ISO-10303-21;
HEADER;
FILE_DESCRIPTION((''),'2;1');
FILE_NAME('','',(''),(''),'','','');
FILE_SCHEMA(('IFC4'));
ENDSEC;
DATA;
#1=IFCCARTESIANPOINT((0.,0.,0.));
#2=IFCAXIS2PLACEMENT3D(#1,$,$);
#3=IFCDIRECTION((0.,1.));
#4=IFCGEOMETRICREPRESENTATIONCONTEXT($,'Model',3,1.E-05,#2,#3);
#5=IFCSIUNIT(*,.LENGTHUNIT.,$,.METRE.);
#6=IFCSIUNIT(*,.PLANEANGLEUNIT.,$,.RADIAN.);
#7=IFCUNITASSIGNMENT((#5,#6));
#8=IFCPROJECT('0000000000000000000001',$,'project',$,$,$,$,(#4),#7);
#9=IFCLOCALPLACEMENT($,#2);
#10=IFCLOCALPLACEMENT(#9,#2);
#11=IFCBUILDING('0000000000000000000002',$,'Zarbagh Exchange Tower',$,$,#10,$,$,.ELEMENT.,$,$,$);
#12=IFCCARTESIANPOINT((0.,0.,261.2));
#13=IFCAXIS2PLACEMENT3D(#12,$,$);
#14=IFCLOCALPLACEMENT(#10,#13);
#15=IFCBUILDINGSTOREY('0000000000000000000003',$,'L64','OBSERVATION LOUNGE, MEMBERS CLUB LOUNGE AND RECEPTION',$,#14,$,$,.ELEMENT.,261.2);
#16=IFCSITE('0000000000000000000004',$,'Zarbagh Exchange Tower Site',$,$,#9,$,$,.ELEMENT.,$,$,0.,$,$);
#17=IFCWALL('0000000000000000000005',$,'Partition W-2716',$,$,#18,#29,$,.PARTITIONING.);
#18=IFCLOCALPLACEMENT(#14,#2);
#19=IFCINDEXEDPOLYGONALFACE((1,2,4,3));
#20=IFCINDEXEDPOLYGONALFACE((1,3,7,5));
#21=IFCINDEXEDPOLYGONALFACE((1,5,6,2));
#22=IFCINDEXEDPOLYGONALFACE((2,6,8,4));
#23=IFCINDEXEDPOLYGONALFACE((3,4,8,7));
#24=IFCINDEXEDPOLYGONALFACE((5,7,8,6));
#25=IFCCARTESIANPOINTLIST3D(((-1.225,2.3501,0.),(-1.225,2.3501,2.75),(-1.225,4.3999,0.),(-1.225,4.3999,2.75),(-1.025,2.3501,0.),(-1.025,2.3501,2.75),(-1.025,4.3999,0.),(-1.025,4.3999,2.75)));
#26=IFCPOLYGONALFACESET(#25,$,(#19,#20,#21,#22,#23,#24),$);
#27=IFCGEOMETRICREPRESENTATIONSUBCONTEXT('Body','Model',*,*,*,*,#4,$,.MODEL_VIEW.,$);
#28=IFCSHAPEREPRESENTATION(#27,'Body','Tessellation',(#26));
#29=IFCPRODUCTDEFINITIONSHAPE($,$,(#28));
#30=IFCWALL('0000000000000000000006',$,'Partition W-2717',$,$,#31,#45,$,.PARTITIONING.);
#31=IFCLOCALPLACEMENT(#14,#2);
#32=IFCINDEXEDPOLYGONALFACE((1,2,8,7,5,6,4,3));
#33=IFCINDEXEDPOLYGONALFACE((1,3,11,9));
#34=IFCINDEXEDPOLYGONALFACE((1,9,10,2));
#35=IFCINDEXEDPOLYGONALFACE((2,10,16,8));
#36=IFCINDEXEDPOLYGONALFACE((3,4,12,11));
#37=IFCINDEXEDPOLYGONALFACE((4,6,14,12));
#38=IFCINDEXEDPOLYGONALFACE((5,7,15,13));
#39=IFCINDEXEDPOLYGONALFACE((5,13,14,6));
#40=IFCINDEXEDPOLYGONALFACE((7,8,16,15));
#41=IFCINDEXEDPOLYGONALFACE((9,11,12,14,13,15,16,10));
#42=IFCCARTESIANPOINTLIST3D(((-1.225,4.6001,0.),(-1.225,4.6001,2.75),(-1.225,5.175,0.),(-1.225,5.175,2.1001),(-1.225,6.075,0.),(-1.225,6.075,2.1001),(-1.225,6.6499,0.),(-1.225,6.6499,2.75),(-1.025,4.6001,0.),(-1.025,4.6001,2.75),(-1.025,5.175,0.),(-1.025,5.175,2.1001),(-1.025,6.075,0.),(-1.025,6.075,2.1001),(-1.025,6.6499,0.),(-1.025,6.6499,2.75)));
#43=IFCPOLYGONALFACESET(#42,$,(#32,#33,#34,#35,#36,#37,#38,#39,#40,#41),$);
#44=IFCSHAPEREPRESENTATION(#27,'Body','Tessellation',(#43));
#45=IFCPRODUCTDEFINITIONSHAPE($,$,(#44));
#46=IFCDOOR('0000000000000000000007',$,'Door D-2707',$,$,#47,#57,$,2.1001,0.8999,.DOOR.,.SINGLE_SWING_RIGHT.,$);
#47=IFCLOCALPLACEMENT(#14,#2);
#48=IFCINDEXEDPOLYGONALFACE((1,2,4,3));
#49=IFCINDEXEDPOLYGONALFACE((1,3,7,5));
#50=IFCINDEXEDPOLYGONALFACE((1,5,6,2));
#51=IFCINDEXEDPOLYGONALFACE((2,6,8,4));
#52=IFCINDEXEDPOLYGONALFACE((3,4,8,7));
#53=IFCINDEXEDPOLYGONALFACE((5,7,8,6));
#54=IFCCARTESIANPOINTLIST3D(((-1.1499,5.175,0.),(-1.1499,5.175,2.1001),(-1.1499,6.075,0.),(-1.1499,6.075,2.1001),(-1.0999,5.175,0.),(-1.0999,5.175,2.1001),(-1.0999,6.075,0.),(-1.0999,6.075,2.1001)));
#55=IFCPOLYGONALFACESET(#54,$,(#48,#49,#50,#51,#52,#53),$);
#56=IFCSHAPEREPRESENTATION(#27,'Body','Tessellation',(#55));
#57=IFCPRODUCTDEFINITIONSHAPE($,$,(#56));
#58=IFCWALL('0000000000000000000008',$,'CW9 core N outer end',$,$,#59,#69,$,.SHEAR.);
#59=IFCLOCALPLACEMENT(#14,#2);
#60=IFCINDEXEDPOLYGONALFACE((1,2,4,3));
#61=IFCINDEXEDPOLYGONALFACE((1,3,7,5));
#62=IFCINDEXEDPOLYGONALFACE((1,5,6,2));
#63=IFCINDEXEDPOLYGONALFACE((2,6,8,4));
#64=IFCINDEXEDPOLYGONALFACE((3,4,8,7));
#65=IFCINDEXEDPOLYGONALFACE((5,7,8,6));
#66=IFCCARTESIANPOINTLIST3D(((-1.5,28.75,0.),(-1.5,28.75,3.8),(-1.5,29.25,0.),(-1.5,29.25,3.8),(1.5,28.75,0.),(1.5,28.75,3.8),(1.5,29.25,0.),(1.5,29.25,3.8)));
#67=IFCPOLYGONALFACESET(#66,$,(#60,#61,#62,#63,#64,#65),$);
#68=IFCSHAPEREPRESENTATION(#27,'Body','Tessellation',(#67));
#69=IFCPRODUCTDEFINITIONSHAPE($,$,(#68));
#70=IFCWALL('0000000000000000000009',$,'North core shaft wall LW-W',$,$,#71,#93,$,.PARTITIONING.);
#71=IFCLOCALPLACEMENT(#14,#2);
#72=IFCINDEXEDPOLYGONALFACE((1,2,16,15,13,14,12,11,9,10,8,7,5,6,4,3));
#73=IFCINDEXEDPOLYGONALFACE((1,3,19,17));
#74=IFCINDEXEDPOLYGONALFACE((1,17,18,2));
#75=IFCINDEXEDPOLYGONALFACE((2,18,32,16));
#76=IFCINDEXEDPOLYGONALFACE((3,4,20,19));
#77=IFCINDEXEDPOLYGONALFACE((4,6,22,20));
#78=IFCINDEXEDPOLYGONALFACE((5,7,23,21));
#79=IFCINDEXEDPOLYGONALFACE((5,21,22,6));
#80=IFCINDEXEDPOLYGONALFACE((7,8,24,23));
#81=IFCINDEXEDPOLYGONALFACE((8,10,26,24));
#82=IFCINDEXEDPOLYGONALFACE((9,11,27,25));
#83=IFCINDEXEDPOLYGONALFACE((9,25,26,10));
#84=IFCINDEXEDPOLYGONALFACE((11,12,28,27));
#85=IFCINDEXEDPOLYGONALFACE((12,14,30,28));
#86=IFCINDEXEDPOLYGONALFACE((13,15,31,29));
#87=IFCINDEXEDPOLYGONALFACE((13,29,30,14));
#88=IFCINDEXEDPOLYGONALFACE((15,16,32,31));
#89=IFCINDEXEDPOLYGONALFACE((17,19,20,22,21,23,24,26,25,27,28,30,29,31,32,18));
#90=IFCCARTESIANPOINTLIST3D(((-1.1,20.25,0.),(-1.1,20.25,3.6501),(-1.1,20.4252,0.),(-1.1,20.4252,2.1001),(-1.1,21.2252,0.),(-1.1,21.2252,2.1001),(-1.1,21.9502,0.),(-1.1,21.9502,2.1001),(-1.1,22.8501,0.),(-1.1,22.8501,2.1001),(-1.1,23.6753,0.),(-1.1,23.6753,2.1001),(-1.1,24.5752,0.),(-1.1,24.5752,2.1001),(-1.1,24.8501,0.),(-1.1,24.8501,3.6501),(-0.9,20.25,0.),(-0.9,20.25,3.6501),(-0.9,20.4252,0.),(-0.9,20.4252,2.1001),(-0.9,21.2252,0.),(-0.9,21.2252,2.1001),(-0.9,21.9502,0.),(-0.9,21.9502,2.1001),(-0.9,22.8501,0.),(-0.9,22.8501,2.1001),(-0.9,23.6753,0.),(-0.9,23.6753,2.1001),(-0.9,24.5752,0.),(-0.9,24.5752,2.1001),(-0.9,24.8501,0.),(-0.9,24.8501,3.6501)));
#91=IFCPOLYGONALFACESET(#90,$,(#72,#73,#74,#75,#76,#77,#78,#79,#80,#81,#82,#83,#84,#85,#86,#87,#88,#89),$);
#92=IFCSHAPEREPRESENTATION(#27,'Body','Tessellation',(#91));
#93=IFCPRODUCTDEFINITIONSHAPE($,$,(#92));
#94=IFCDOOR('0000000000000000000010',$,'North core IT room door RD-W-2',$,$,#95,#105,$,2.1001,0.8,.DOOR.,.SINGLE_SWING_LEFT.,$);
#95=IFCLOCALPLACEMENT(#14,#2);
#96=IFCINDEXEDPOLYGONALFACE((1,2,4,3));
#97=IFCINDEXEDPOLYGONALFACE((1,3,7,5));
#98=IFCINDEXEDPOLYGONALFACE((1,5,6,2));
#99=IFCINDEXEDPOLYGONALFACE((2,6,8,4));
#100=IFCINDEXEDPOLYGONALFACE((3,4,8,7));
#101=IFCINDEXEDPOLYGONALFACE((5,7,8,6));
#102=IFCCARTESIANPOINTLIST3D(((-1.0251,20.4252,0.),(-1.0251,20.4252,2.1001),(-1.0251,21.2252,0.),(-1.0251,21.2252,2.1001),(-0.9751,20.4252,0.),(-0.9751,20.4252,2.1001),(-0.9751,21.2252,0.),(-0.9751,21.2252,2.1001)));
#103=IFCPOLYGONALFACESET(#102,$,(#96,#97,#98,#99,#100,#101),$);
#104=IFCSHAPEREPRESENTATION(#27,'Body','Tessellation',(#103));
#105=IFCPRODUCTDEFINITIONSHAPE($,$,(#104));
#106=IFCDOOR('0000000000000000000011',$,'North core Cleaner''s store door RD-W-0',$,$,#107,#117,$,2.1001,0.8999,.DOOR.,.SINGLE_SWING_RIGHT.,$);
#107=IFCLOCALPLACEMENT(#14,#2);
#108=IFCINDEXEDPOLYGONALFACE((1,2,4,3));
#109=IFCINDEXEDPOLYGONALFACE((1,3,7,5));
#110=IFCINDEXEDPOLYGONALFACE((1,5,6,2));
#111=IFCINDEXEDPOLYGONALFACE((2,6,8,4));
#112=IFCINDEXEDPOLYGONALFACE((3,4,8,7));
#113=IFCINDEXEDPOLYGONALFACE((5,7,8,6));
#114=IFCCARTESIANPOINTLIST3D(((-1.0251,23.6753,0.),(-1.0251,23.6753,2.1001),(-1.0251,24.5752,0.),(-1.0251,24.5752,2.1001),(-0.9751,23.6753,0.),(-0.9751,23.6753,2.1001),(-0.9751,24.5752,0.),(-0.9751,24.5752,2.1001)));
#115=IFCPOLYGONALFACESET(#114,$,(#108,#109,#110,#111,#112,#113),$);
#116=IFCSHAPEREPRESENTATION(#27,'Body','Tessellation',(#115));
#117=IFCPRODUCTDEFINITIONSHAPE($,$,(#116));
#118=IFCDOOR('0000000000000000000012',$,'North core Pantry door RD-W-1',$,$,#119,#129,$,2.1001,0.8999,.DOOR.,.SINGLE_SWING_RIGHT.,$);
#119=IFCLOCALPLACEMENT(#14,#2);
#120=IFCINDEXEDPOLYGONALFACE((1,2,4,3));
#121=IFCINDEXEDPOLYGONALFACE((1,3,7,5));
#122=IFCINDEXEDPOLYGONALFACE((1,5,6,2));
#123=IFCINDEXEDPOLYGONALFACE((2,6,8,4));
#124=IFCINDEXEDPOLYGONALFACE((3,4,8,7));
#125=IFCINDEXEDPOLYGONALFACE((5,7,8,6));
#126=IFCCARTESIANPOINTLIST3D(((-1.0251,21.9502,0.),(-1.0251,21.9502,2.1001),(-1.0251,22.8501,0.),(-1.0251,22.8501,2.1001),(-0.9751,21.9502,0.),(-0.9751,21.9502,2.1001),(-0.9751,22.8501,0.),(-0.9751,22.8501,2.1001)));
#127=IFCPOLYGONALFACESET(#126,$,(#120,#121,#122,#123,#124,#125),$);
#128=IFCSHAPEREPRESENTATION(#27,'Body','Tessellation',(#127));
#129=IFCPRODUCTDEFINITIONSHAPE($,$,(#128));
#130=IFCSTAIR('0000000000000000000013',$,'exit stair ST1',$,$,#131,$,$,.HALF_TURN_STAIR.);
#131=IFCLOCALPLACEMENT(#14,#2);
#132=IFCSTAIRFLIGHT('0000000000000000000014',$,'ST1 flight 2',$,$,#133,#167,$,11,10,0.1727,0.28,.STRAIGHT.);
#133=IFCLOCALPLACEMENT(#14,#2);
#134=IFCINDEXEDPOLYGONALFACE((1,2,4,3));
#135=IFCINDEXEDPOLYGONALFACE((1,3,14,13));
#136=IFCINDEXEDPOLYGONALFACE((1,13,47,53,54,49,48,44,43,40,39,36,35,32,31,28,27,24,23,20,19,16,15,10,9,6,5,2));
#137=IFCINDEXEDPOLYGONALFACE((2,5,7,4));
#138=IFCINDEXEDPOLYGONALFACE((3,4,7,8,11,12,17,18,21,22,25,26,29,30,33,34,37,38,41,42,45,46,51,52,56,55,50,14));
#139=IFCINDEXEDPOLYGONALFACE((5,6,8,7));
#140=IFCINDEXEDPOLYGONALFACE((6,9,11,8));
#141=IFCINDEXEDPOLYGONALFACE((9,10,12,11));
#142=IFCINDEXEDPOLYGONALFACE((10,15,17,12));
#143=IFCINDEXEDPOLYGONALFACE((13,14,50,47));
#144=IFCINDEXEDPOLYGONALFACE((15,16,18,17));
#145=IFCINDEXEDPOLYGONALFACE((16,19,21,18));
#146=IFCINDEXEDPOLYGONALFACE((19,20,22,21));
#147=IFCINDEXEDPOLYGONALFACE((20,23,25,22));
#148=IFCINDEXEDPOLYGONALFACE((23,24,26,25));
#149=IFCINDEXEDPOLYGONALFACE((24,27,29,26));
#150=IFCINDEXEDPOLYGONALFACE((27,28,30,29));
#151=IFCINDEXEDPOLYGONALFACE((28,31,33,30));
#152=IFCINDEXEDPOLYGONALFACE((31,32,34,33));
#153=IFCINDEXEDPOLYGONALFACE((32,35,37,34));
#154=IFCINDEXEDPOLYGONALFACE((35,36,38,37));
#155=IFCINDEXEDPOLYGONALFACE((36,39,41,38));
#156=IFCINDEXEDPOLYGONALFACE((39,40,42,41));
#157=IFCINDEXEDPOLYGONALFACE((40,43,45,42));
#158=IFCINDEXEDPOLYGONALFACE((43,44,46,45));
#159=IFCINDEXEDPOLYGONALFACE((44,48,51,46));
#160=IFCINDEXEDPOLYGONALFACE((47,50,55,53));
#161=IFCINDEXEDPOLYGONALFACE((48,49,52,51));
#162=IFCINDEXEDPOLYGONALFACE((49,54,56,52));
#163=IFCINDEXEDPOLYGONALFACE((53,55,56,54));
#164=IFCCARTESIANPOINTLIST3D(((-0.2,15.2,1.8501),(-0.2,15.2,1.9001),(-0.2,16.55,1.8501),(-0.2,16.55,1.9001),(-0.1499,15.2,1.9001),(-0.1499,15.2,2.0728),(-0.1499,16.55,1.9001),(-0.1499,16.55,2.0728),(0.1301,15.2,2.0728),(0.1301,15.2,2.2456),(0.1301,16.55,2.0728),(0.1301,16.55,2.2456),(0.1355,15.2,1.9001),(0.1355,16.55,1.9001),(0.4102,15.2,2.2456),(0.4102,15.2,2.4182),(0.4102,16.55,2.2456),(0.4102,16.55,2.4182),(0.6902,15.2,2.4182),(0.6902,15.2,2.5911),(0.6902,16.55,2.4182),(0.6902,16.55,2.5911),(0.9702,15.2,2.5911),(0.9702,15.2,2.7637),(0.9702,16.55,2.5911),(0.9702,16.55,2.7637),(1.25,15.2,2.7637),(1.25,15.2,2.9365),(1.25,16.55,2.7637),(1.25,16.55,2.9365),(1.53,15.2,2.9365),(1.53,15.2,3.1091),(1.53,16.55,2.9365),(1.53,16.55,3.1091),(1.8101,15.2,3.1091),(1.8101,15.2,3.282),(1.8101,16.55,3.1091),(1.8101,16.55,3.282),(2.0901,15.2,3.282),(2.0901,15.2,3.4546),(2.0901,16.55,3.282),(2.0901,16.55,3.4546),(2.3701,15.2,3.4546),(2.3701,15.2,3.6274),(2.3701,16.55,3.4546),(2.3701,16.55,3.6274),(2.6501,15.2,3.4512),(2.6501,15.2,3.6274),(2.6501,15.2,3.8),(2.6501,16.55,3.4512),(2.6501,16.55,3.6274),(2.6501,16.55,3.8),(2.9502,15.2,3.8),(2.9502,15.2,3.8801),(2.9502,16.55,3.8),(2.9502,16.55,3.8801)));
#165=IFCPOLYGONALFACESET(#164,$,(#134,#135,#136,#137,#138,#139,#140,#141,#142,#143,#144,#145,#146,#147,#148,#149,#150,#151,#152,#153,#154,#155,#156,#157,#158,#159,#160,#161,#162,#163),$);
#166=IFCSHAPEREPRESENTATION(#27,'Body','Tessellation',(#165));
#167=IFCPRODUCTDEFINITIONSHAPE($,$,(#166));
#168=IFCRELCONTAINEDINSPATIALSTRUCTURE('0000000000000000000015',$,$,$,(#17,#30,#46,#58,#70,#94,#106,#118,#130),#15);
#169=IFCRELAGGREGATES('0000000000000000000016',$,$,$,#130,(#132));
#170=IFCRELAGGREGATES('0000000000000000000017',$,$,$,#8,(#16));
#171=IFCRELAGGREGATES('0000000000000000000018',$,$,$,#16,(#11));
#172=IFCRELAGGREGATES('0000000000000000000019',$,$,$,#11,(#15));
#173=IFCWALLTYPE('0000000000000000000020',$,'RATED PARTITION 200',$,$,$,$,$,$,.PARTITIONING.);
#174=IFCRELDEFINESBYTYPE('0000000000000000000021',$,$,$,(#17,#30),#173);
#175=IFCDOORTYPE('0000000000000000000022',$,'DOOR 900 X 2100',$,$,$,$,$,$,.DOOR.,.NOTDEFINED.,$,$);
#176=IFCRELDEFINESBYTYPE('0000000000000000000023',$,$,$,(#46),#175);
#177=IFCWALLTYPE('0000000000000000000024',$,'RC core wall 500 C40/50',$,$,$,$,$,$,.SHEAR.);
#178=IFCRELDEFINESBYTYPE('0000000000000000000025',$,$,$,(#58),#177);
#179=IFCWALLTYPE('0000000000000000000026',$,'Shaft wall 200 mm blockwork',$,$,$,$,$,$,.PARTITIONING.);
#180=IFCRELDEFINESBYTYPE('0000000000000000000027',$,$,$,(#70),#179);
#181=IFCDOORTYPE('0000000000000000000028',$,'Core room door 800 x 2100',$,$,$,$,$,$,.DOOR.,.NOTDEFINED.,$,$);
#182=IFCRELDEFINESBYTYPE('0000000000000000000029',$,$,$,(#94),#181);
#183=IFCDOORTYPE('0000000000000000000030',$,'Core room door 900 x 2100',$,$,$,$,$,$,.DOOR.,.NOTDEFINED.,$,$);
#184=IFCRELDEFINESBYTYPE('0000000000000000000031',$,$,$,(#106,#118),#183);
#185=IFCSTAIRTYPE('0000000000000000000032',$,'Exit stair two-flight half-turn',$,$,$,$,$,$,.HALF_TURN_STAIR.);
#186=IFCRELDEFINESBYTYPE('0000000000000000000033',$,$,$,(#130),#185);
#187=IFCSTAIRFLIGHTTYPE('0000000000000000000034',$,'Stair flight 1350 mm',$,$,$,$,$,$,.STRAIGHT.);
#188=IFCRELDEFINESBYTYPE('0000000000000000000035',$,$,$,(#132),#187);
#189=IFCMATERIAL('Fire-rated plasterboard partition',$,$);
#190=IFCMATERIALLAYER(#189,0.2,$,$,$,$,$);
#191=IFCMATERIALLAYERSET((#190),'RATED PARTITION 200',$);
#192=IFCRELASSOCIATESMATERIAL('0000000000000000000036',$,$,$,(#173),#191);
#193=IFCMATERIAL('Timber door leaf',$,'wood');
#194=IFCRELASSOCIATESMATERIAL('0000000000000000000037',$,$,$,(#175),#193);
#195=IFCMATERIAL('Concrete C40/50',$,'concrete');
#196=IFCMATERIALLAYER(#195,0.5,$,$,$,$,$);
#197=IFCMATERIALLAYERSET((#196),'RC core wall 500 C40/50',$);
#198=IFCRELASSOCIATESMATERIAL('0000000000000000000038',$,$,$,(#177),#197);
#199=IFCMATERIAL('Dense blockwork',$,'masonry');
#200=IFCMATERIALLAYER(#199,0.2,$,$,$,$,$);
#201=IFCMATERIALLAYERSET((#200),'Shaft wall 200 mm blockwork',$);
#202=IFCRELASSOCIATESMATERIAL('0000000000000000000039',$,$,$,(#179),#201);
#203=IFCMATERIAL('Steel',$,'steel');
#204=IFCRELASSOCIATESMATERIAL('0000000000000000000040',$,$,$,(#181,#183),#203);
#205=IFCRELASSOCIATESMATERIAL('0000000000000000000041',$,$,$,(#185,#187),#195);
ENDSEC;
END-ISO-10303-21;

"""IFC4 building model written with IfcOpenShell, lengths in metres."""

from ifc_helpers import new_model, si_unit, direction, frame, frame_2d, origin, place, context, subcontext, project, spatial, polyline, rectangle, outline, extrude, material, layer, layer_set, type_object, element, fill, aggregate, save


model = new_model("IFC4")

# Units and contexts
model_context = context("Model", 3, precision=1e-05, world=origin(), true_north=direction((0.0, 1.0)))
body_context = subcontext(model_context, "Body", "Model", "MODEL_VIEW")
ifc_project = project(units=[si_unit("LENGTHUNIT", "METRE"), si_unit("PLANEANGLEUNIT", "RADIAN")], contexts=[model_context])

# Site, building, storey
site_placement = place(None, origin())
site = spatial("IfcSite", under=ifc_project, at=site_placement, Name="Zarbagh Exchange Tower Site", CompositionType="ELEMENT", RefElevation=0.0)
building_placement = place(site_placement, origin())
building = spatial("IfcBuilding", under=site, at=building_placement, Name="Zarbagh Exchange Tower", CompositionType="ELEMENT")
storey_placement = place(building_placement, frame((0.0, 0.0, 261.2)))
storey = spatial("IfcBuildingStorey", under=building, at=storey_placement, Name="L64", Description="OBSERVATION LOUNGE, MEMBERS CLUB LOUNGE AND RECEPTION", CompositionType="ELEMENT", Elevation=261.2)

# Wall
ifc_material_1 = material(Name="Fire-rated plasterboard partition")
ifc_layer_1 = layer(ifc_material_1, 0.2)
ifc_layer_set_1 = layer_set([ifc_layer_1], Name="RATED PARTITION 200")
wall_type_1 = type_object("IfcWallType", Name="RATED PARTITION 200", PredefinedType="PARTITIONING", material=ifc_layer_set_1)
wall_1_placement = place(storey_placement, frame((-1.125, 2.3501, 0.0), z_axis=(0.0, 0.0, 1.0), x_axis=(0.0, 1.0, 0.0)))
element("IfcWall", 1, at=wall_1_placement, inside=storey, type_object=wall_type_1, Name="Partition W-2716", PredefinedType="PARTITIONING", context=body_context, shape_type="SweptSolid", body=[
    extrude(rectangle(XDim=2.0498, YDim=0.2, at=frame_2d((1.0249, 0.0))), origin(), (0.0, 0.0, 1.0), 2.75),
])

# Wall, opening, door
wall_2_placement = place(storey_placement, frame((-1.125, 4.6001, 0.0), z_axis=(0.0, 0.0, 1.0), x_axis=(0.0, 1.0, 0.0)))
wall_2 = element("IfcWall", 2, at=wall_2_placement, inside=storey, type_object=wall_type_1, Name="Partition W-2717", PredefinedType="PARTITIONING", context=body_context, shape_type="SweptSolid", body=[
    extrude(rectangle(XDim=2.0498, YDim=0.2, at=frame_2d((1.0249, 0.0))), origin(), (0.0, 0.0, 1.0), 2.75),
])
opening_1_placement = place(wall_2_placement, frame((0.575, 0.0, 0.0)))
opening_1 = element("IfcOpeningElement", 3, at=opening_1_placement, cuts=wall_2, PredefinedType="OPENING", context=body_context, shape_type="SweptSolid", body=[
    extrude(rectangle(XDim=0.8999, YDim=2.1001, at=frame_2d((0.45, 1.05))), frame((0.0, 0.1099, 0.0), z_axis=(0.0, -1.0, 0.0), x_axis=(1.0, 0.0, 0.0)), (0.0, 0.0, 1.0), 0.22),
])
ifc_material_2 = material(Name="Timber door leaf", Category="wood")
door_type_1 = type_object("IfcDoorType", Name="DOOR 900 X 2100", OperationType="NOTDEFINED", PredefinedType="DOOR", material=ifc_material_2)
door_1_placement = place(opening_1_placement, origin())
door_1 = element("IfcDoor", 4, at=door_1_placement, inside=storey, type_object=door_type_1, Name="Door D-2707", OperationType="SINGLE_SWING_RIGHT", OverallHeight=2.1001, OverallWidth=0.8999, PredefinedType="DOOR", context=body_context, shape_type="SweptSolid", body=[
    extrude(rectangle(XDim=0.8999, YDim=2.1001, at=frame_2d((0.45, 1.05))), frame((0.0, 0.0249, 0.0), z_axis=(0.0, -1.0, 0.0), x_axis=(1.0, 0.0, 0.0)), (0.0, 0.0, 1.0), 0.05),
])
fill(opening_1, door_1)

# Wall
ifc_material_3 = material(Name="Concrete C40/50", Category="concrete")
ifc_layer_2 = layer(ifc_material_3, 0.5)
ifc_layer_set_2 = layer_set([ifc_layer_2], Name="RC core wall 500 C40/50")
wall_type_2 = type_object("IfcWallType", Name="RC core wall 500 C40/50", PredefinedType="SHEAR", material=ifc_layer_set_2)
wall_3_placement = place(storey_placement, frame((-1.5, 29.0, 0.0), z_axis=(0.0, 0.0, 1.0), x_axis=(1.0, 0.0, 0.0)))
element("IfcWall", 5, at=wall_3_placement, inside=storey, type_object=wall_type_2, Name="CW9 core N outer end", PredefinedType="SHEAR", context=body_context, shape_type="SweptSolid", body=[
    extrude(rectangle(XDim=3.0, YDim=0.5, at=frame_2d((1.5, 0.0))), origin(), (0.0, 0.0, 1.0), 3.8),
])

# Wall, openings, doors
ifc_material_4 = material(Name="Dense blockwork", Category="masonry")
ifc_layer_3 = layer(ifc_material_4, 0.2)
ifc_layer_set_3 = layer_set([ifc_layer_3], Name="Shaft wall 200 mm blockwork")
wall_type_3 = type_object("IfcWallType", Name="Shaft wall 200 mm blockwork", PredefinedType="PARTITIONING", material=ifc_layer_set_3)
wall_4_placement = place(storey_placement, frame((-1.0, 24.8501, 0.0), z_axis=(0.0, 0.0, 1.0), x_axis=(0.0, -1.0, 0.0)))
wall_4 = element("IfcWall", 6, at=wall_4_placement, inside=storey, type_object=wall_type_3, Name="North core shaft wall LW-W", PredefinedType="PARTITIONING", context=body_context, shape_type="SweptSolid", body=[
    extrude(rectangle(XDim=4.6001, YDim=0.2, at=frame_2d((2.3, 0.0))), origin(), (0.0, 0.0, 1.0), 3.6501),
])
opening_2_placement = place(wall_4_placement, frame((0.2749, 0.0, 0.0)))
opening_2 = element("IfcOpeningElement", 7, at=opening_2_placement, cuts=wall_4, PredefinedType="OPENING", context=body_context, shape_type="SweptSolid", body=[
    extrude(rectangle(XDim=0.8999, YDim=2.1001, at=frame_2d((0.45, 1.05))), frame((0.0, 0.1099, 0.0), z_axis=(0.0, -1.0, 0.0), x_axis=(1.0, 0.0, 0.0)), (0.0, 0.0, 1.0), 0.22),
])
opening_3_placement = place(wall_4_placement, frame((2.0, 0.0, 0.0)))
opening_3 = element("IfcOpeningElement", 8, at=opening_3_placement, cuts=wall_4, PredefinedType="OPENING", context=body_context, shape_type="SweptSolid", body=[
    extrude(rectangle(XDim=0.8999, YDim=2.1001, at=frame_2d((0.45, 1.05))), frame((0.0, 0.1099, 0.0), z_axis=(0.0, -1.0, 0.0), x_axis=(1.0, 0.0, 0.0)), (0.0, 0.0, 1.0), 0.22),
])
opening_4_placement = place(wall_4_placement, frame((3.625, 0.0, 0.0)))
opening_4 = element("IfcOpeningElement", 9, at=opening_4_placement, cuts=wall_4, PredefinedType="OPENING", context=body_context, shape_type="SweptSolid", body=[
    extrude(rectangle(XDim=0.8, YDim=2.1001, at=frame_2d((0.3999, 1.05))), frame((0.0, 0.1099, 0.0), z_axis=(0.0, -1.0, 0.0), x_axis=(1.0, 0.0, 0.0)), (0.0, 0.0, 1.0), 0.22),
])
ifc_material_5 = material(Name="Steel", Category="steel")
door_type_2 = type_object("IfcDoorType", Name="Core room door 800 x 2100", OperationType="NOTDEFINED", PredefinedType="DOOR", material=ifc_material_5)
door_2_placement = place(opening_4_placement, origin())
door_2 = element("IfcDoor", 10, at=door_2_placement, inside=storey, type_object=door_type_2, Name="North core IT room door RD-W-2", OperationType="SINGLE_SWING_LEFT", OverallHeight=2.1001, OverallWidth=0.8, PredefinedType="DOOR", context=body_context, shape_type="SweptSolid", body=[
    extrude(rectangle(XDim=0.8, YDim=2.1001, at=frame_2d((0.3999, 1.05))), frame((0.0, 0.0249, 0.0), z_axis=(0.0, -1.0, 0.0), x_axis=(1.0, 0.0, 0.0)), (0.0, 0.0, 1.0), 0.05),
])
fill(opening_4, door_2)
door_type_3 = type_object("IfcDoorType", Name="Core room door 900 x 2100", OperationType="NOTDEFINED", PredefinedType="DOOR", material=ifc_material_5)
door_3_placement = place(opening_2_placement, origin())
door_3 = element("IfcDoor", 11, at=door_3_placement, inside=storey, type_object=door_type_3, Name="North core Cleaner's store door RD-W-0", OperationType="SINGLE_SWING_RIGHT", OverallHeight=2.1001, OverallWidth=0.8999, PredefinedType="DOOR", context=body_context, shape_type="SweptSolid", body=[
    extrude(rectangle(XDim=0.8999, YDim=2.1001, at=frame_2d((0.45, 1.05))), frame((0.0, 0.0249, 0.0), z_axis=(0.0, -1.0, 0.0), x_axis=(1.0, 0.0, 0.0)), (0.0, 0.0, 1.0), 0.05),
])
fill(opening_2, door_3)
door_4_placement = place(opening_3_placement, origin())
door_4 = element("IfcDoor", 12, at=door_4_placement, inside=storey, type_object=door_type_3, Name="North core Pantry door RD-W-1", OperationType="SINGLE_SWING_RIGHT", OverallHeight=2.1001, OverallWidth=0.8999, PredefinedType="DOOR", context=body_context, shape_type="SweptSolid", body=[
    extrude(rectangle(XDim=0.8999, YDim=2.1001, at=frame_2d((0.45, 1.05))), frame((0.0, 0.0249, 0.0), z_axis=(0.0, -1.0, 0.0), x_axis=(1.0, 0.0, 0.0)), (0.0, 0.0, 1.0), 0.05),
])
fill(opening_3, door_4)

# Stair, stair flight
stair_type = type_object("IfcStairType", Name="Exit stair two-flight half-turn", PredefinedType="HALF_TURN_STAIR", material=ifc_material_3)
stair_1_placement = place(storey_placement, origin())
stair_1 = element("IfcStair", 13, at=stair_1_placement, inside=storey, type_object=stair_type, Name="exit stair ST1", PredefinedType="HALF_TURN_STAIR")
stair_flight_type_1 = type_object("IfcStairFlightType", Name="Stair flight 1350 mm", PredefinedType="STRAIGHT", material=ifc_material_3)
stair_flight_1_placement = place(storey_placement, frame((-0.1499, 15.875, 1.9001), z_axis=(0.0, 0.0, 1.0), x_axis=(1.0, 0.0, 0.0)))
stair_flight_1 = element("IfcStairFlight", 14, at=stair_flight_1_placement, type_object=stair_flight_type_1, Name="ST1 flight 2", NumberOfRisers=11, NumberOfTreads=10, PredefinedType="STRAIGHT", RiserHeight=0.1727, TreadLength=0.28, context=body_context, shape_type="SweptSolid", body=[
    extrude(outline(polyline([(-0.05, -0.05), (-0.05, 0.0), (0.0, 0.0), (0.0, 0.1726), (0.28, 0.1726), (0.28, 0.3455), (0.5601, 0.3455), (0.5601, 0.5181), (0.8401, 0.5181), (0.8401, 0.6909), (1.1201, 0.6909), (1.1201, 0.8635), (1.3999, 0.8635), (1.3999, 1.0364), (1.6799, 1.0364), (1.6799, 1.209), (1.96, 1.209), (1.96, 1.3818), (2.24, 1.3818), (2.24, 1.5544), (2.52, 1.5544), (2.52, 1.7273), (2.8, 1.7273), (2.8, 1.8999), (3.1001, 1.98), (3.1001, 1.8999), (2.8, 1.551), (0.2854, 0.0), (-0.05, -0.05)])), frame((0.0, 0.675, 0.0), z_axis=(0.0, -1.0, 0.0), x_axis=(1.0, 0.0, 0.0)), (0.0, 0.0, 1.0), 1.3501),
])
aggregate(stair_1, [stair_flight_1])

save(model, "model.ifc")
